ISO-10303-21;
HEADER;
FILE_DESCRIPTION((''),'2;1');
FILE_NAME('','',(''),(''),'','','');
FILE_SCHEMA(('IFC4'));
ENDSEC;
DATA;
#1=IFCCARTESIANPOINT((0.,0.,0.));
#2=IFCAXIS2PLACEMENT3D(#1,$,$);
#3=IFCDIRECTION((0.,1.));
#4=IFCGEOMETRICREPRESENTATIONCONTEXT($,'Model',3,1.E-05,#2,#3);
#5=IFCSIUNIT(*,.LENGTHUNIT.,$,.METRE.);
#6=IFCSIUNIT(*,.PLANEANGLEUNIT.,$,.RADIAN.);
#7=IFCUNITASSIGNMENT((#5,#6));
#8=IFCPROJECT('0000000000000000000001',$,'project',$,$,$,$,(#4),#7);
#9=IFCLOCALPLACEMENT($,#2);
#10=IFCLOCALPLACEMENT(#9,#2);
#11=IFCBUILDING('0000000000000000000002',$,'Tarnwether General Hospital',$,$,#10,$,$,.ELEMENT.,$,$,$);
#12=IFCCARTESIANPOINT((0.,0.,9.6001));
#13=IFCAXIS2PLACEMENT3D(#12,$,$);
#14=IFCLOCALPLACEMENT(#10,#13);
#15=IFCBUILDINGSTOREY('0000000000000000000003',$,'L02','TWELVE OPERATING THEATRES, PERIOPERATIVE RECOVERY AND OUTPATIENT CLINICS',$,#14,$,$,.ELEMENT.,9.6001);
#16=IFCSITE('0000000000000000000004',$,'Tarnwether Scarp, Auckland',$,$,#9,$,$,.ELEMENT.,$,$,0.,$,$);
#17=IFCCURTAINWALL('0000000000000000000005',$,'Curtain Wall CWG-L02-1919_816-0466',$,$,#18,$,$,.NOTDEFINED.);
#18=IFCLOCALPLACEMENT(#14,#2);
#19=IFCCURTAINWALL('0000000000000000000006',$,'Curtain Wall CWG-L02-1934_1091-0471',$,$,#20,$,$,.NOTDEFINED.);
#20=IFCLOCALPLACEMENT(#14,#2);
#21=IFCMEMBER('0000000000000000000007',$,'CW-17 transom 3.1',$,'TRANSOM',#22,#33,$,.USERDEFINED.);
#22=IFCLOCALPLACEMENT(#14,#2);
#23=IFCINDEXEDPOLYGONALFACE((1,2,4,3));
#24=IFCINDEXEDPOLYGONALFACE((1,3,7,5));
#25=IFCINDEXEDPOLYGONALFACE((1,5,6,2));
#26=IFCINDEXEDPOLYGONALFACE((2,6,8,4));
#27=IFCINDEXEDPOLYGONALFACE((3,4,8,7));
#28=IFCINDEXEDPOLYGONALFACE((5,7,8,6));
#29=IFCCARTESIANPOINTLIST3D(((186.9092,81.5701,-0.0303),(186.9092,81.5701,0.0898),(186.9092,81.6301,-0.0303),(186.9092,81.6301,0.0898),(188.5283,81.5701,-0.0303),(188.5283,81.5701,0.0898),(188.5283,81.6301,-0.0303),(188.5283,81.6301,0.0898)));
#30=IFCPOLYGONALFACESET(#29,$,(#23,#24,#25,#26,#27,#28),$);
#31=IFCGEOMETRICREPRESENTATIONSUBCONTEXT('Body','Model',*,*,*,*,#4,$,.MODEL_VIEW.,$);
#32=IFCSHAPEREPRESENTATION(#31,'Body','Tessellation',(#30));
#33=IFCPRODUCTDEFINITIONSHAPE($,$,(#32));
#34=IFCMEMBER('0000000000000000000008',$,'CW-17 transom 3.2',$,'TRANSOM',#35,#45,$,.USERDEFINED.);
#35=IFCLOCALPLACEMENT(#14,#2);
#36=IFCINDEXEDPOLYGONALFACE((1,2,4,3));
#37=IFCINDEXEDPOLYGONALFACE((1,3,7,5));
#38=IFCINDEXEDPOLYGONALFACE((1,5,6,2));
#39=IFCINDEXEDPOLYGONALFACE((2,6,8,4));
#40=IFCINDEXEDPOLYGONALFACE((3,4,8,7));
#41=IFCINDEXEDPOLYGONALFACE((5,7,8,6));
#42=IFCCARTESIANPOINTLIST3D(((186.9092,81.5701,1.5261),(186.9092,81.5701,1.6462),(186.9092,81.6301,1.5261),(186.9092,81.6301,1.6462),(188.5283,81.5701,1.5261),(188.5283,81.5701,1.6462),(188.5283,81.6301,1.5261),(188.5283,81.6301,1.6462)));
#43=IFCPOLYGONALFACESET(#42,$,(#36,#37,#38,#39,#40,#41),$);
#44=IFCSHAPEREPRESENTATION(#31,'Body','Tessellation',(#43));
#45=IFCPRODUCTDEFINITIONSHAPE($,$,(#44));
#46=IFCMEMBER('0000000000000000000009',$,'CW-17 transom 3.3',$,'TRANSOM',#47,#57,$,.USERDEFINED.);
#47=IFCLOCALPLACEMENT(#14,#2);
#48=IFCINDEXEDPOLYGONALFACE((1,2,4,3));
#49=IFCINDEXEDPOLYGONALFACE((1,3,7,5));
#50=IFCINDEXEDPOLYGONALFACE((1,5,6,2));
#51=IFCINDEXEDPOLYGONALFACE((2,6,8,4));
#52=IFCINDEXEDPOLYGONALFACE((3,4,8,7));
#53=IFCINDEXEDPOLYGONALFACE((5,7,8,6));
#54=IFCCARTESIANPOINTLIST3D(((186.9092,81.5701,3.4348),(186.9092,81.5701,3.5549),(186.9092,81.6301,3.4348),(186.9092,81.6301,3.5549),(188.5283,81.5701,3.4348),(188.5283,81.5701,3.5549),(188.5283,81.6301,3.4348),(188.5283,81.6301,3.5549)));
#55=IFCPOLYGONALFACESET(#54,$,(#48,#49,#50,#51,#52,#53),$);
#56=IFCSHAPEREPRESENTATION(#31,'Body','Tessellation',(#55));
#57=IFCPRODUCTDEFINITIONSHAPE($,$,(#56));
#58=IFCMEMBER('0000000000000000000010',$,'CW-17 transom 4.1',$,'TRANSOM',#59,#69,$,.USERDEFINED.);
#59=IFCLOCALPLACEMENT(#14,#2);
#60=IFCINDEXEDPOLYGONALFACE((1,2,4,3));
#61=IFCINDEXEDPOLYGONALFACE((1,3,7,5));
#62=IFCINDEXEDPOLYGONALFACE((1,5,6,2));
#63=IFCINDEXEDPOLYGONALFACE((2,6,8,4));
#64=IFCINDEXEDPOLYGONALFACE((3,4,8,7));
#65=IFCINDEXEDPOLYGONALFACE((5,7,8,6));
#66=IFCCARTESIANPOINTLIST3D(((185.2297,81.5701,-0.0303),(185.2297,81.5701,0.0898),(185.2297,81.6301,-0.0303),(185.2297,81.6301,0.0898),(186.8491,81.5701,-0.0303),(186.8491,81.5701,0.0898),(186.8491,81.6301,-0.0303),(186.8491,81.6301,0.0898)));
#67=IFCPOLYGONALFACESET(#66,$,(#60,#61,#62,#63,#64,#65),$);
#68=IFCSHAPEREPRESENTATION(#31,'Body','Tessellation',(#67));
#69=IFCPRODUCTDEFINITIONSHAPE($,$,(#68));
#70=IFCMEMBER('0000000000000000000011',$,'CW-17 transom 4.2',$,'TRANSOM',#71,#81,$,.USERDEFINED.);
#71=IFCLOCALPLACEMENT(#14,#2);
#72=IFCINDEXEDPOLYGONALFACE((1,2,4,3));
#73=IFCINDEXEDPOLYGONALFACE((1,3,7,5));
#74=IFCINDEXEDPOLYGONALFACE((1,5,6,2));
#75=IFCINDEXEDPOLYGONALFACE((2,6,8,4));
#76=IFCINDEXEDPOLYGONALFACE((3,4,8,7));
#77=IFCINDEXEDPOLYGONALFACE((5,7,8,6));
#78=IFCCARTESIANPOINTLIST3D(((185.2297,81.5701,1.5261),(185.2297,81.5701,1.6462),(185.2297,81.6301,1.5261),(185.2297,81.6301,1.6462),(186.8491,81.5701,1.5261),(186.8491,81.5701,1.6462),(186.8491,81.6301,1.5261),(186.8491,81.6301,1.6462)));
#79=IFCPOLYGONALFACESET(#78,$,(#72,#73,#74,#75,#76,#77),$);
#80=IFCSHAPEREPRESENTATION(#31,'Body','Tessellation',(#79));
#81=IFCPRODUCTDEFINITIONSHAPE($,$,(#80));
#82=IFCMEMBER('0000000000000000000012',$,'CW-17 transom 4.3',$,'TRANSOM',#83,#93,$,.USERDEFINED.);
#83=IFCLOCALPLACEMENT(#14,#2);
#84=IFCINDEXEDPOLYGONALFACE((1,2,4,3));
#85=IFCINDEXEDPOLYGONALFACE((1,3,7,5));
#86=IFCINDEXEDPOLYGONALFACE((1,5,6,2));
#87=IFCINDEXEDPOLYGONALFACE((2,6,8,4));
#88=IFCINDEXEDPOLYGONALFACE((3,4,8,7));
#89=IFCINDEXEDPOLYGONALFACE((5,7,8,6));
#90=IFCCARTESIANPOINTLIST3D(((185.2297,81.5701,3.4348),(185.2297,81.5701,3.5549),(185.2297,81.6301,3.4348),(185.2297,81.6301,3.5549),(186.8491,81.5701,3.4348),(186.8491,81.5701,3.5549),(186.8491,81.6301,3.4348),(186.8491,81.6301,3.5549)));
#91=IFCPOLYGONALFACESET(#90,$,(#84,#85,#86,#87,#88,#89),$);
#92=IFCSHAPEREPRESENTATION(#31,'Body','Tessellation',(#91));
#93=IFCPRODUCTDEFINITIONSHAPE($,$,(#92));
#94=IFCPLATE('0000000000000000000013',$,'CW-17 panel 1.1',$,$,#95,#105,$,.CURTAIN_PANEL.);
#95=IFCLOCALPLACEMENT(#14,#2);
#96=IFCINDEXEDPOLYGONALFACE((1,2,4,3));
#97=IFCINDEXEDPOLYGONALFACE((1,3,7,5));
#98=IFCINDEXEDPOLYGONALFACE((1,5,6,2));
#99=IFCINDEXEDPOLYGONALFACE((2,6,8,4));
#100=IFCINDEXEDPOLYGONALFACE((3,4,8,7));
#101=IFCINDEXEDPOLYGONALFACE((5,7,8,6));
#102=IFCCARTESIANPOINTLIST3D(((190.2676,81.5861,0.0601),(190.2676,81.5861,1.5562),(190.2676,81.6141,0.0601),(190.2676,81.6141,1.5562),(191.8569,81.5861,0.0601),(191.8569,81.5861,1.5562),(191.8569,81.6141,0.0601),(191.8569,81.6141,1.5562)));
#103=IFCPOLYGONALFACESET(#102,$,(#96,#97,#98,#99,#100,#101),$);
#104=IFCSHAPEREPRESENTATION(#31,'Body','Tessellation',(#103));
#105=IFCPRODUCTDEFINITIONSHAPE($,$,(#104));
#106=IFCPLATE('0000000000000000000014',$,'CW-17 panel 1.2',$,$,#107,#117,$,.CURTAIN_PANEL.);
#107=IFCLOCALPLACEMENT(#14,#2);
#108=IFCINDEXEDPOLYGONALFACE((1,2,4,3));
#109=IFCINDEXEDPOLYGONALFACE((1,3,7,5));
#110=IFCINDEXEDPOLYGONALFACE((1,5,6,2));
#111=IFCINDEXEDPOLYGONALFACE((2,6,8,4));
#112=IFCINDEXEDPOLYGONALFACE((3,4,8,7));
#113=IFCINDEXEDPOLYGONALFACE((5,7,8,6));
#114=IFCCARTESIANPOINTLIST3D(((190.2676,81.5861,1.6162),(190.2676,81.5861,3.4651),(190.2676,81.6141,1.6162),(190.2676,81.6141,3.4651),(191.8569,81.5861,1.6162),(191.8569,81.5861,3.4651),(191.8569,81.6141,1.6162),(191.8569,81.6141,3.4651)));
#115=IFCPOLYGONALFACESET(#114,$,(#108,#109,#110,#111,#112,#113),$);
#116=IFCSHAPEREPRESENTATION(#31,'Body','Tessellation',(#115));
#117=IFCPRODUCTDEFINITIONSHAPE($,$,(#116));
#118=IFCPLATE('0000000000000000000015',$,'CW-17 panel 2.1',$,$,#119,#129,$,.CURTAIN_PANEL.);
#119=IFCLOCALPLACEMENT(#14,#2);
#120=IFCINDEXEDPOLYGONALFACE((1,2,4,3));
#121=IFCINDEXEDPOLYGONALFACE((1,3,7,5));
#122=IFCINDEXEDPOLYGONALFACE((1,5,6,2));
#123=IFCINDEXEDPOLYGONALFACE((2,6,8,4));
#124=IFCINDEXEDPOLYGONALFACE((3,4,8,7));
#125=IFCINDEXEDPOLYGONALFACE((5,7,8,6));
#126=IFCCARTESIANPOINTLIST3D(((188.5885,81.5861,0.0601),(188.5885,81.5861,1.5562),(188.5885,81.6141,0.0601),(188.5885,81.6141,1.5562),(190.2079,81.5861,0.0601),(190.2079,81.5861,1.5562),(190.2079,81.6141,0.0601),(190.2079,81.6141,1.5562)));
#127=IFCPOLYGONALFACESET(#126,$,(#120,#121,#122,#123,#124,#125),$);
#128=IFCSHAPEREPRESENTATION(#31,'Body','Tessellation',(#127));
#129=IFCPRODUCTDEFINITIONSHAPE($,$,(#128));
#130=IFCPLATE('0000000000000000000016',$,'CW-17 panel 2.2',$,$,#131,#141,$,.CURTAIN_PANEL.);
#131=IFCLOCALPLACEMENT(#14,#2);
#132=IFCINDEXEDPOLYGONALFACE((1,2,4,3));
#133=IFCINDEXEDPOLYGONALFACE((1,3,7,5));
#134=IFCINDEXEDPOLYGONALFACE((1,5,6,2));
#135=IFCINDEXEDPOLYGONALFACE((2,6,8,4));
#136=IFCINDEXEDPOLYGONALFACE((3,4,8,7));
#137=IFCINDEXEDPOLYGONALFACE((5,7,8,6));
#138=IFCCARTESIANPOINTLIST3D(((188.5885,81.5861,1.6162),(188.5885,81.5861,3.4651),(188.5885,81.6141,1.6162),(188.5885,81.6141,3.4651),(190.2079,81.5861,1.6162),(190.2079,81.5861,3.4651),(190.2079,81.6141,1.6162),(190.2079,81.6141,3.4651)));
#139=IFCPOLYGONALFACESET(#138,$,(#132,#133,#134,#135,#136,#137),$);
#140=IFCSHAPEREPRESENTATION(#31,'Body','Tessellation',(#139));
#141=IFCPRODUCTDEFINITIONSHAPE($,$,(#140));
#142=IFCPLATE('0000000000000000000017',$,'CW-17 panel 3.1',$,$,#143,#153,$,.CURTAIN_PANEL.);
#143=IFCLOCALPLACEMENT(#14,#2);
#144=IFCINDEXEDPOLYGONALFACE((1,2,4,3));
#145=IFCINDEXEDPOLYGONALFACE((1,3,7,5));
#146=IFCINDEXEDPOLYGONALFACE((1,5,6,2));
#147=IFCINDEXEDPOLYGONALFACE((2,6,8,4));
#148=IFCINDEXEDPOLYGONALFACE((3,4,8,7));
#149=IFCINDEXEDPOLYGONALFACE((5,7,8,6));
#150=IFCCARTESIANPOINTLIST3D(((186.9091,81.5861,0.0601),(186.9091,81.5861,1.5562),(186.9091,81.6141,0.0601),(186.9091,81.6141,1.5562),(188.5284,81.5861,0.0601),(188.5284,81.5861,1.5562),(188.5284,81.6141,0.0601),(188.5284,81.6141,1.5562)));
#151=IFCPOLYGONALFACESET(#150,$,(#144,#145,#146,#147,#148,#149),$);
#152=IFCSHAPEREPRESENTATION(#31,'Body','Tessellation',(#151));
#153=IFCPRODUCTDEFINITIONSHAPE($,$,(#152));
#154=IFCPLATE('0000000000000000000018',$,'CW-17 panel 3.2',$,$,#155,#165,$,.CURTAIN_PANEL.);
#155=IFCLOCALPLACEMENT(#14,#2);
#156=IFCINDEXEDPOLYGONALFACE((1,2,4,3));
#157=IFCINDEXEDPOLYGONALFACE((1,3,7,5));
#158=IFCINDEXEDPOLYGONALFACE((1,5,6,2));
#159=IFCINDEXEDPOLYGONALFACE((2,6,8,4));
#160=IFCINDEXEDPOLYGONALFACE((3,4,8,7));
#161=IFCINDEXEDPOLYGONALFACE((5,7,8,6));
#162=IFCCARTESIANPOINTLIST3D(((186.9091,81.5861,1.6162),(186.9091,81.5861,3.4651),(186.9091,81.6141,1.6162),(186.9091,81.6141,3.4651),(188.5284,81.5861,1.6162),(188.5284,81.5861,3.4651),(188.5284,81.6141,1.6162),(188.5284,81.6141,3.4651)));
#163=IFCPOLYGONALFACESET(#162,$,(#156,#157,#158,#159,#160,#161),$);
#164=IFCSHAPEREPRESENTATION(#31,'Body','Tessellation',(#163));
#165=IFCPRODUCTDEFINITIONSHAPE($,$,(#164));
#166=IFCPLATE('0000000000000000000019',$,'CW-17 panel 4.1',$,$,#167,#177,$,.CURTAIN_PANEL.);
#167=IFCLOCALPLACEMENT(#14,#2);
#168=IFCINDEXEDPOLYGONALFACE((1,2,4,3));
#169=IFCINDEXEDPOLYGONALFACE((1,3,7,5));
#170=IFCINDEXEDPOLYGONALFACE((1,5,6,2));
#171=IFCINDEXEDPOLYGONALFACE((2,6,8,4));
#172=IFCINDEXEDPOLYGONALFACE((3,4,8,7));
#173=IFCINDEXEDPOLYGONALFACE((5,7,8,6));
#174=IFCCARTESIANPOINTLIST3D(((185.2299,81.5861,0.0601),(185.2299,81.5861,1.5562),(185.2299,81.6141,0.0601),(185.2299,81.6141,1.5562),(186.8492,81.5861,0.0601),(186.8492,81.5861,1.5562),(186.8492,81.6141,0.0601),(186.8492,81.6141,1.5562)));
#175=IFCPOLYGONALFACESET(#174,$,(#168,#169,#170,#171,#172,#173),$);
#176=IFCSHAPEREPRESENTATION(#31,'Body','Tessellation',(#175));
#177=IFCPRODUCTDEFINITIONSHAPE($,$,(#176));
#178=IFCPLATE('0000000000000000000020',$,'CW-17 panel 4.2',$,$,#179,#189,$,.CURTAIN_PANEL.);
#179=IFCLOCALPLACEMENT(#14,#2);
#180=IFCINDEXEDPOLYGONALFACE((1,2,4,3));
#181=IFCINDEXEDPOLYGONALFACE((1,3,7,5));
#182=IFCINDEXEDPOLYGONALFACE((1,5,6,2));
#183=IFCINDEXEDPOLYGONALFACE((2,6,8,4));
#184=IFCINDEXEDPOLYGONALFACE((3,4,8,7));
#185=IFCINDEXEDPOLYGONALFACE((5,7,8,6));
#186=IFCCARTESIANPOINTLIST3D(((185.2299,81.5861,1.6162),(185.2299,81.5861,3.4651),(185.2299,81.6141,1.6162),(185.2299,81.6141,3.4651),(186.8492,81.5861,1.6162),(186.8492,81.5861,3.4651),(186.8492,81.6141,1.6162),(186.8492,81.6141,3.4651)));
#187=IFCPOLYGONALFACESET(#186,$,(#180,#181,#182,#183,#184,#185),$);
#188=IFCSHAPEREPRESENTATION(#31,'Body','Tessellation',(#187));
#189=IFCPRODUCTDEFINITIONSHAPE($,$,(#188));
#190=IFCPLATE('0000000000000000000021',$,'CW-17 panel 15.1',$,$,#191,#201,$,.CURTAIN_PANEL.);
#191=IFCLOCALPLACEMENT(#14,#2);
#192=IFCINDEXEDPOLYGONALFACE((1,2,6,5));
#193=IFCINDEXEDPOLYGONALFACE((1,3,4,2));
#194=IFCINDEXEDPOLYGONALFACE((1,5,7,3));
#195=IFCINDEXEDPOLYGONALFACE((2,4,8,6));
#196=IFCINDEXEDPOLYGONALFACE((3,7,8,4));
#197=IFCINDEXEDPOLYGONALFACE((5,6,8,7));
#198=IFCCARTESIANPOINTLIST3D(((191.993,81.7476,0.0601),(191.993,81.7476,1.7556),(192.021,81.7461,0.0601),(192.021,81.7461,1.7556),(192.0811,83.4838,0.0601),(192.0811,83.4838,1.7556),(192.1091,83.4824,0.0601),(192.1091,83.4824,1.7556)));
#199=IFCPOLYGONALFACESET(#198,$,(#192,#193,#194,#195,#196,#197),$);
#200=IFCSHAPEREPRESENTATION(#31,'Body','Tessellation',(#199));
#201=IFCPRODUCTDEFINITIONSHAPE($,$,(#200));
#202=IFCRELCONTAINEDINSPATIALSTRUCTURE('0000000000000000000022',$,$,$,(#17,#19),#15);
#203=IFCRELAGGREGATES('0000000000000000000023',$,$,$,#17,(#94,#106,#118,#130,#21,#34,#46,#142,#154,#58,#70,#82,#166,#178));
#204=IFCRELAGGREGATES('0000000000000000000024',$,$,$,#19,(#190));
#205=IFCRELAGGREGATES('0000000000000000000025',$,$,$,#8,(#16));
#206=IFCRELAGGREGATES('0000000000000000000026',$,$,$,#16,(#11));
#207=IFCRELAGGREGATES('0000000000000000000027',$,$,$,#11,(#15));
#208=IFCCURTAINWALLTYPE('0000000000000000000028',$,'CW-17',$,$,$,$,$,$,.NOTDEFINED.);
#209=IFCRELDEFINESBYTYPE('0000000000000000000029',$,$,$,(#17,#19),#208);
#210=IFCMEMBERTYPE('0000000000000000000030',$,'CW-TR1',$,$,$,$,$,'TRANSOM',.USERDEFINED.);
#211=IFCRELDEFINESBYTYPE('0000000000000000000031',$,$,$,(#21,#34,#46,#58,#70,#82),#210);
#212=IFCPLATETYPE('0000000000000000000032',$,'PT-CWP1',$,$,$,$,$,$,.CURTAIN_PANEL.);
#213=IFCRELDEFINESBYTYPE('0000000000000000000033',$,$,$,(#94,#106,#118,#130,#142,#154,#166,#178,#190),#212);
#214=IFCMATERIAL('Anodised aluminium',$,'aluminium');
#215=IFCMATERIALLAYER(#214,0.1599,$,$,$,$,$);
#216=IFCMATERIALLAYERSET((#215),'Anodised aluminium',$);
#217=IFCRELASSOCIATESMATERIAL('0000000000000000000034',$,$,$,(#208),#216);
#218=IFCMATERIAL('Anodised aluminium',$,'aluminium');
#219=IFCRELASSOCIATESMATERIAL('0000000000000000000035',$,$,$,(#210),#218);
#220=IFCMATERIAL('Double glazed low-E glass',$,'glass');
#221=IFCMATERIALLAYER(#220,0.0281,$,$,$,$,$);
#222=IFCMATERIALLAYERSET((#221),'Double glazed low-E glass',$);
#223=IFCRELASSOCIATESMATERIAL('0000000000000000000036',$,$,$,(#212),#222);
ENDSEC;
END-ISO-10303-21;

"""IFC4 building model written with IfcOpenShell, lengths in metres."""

from ifc_helpers import new_model, si_unit, direction, frame, origin, origin_2d, place, context, subcontext, project, spatial, rectangle, extrude, material, layer, layer_set, material_profile, profile_set, type_object, element, aggregate, save


model = new_model("IFC4")

# Units and contexts
model_context = context("Model", 3, precision=1e-05, world=origin(), true_north=direction((0.0, 1.0)))
body_context = subcontext(model_context, "Body", "Model", "MODEL_VIEW")
ifc_project = project(units=[si_unit("LENGTHUNIT", "METRE"), si_unit("PLANEANGLEUNIT", "RADIAN")], contexts=[model_context])

# Site, building, storey
site_placement = place(None, origin())
site = spatial("IfcSite", under=ifc_project, at=site_placement, Name="Tarnwether Scarp, Auckland", CompositionType="ELEMENT", RefElevation=0.0)
building_placement = place(site_placement, origin())
building = spatial("IfcBuilding", under=site, at=building_placement, Name="Tarnwether General Hospital", CompositionType="ELEMENT")
storey_placement = place(building_placement, frame((0.0, 0.0, 9.6001)))
storey = spatial("IfcBuildingStorey", under=building, at=storey_placement, Name="L02", Description="TWELVE OPERATING THEATRES, PERIOPERATIVE RECOVERY AND OUTPATIENT CLINICS", CompositionType="ELEMENT", Elevation=9.6001)

# Curtain wall
ifc_material_1 = material(Name="Anodised aluminium", Category="aluminium")
ifc_layer_1 = layer(ifc_material_1, 0.1599)
ifc_layer_set_1 = layer_set([ifc_layer_1], Name="Anodised aluminium")
curtain_wall_type = type_object("IfcCurtainWallType", Name="CW-17", PredefinedType="NOTDEFINED", material=ifc_layer_set_1)
curtain_wall_1_placement = place(storey_placement, origin())
curtain_wall_1 = element("IfcCurtainWall", 1, at=curtain_wall_1_placement, inside=storey, type_object=curtain_wall_type, Name="Curtain Wall CWG-L02-1919_816-0466", PredefinedType="NOTDEFINED")

# Curtain wall
curtain_wall_2_placement = place(storey_placement, origin())
curtain_wall_2 = element("IfcCurtainWall", 2, at=curtain_wall_2_placement, inside=storey, type_object=curtain_wall_type, Name="Curtain Wall CWG-L02-1934_1091-0471", PredefinedType="NOTDEFINED")

# Members
ifc_material_2 = material(Name="Anodised aluminium", Category="aluminium")
ifc_material_profile_1 = material_profile(ifc_material_2, rectangle(XDim=0.0601, YDim=0.1201, at=origin_2d()), Name="ALU-TRN-60x120")
ifc_profile_set_1 = profile_set([ifc_material_profile_1], Name="Anodised aluminium")
member_type_1 = type_object("IfcMemberType", Name="CW-TR1", ElementType="TRANSOM", PredefinedType="USERDEFINED", material=ifc_profile_set_1)
member_1_placement = place(storey_placement, frame((188.5283, 81.6001, 0.0298), z_axis=(-1.0, 0.0, 0.0), x_axis=(0.0, -1.0, 0.0)))
member_1 = element("IfcMember", 3, at=member_1_placement, type_object=member_type_1, Name="CW-17 transom 3.1", ObjectType="TRANSOM", PredefinedType="USERDEFINED", context=body_context, shape_type="SweptSolid", body=[
    extrude(rectangle(XDim=0.0601, YDim=0.1201, at=origin_2d()), origin(), (0.0, 0.0, 1.0), 1.6191),
])
member_2_placement = place(storey_placement, frame((188.5283, 81.6001, 1.5862), z_axis=(-1.0, 0.0, 0.0), x_axis=(0.0, -1.0, 0.0)))
member_2 = element("IfcMember", 4, at=member_2_placement, type_object=member_type_1, Name="CW-17 transom 3.2", ObjectType="TRANSOM", PredefinedType="USERDEFINED", context=body_context, shape_type="SweptSolid", body=[
    extrude(rectangle(XDim=0.0601, YDim=0.1201, at=origin_2d()), origin(), (0.0, 0.0, 1.0), 1.6191),
])
member_3_placement = place(storey_placement, frame((188.5283, 81.6001, 3.4949), z_axis=(-1.0, 0.0, 0.0), x_axis=(0.0, -1.0, 0.0)))
member_3 = element("IfcMember", 5, at=member_3_placement, type_object=member_type_1, Name="CW-17 transom 3.3", ObjectType="TRANSOM", PredefinedType="USERDEFINED", context=body_context, shape_type="SweptSolid", body=[
    extrude(rectangle(XDim=0.0601, YDim=0.1201, at=origin_2d()), origin(), (0.0, 0.0, 1.0), 1.6191),
])
member_4_placement = place(storey_placement, frame((186.8491, 81.6001, 0.0298), z_axis=(-1.0, 0.0, 0.0), x_axis=(0.0, -1.0, 0.0)))
member_4 = element("IfcMember", 6, at=member_4_placement, type_object=member_type_1, Name="CW-17 transom 4.1", ObjectType="TRANSOM", PredefinedType="USERDEFINED", context=body_context, shape_type="SweptSolid", body=[
    extrude(rectangle(XDim=0.0601, YDim=0.1201, at=origin_2d()), origin(), (0.0, 0.0, 1.0), 1.6194),
])
member_5_placement = place(storey_placement, frame((186.8491, 81.6001, 1.5862), z_axis=(-1.0, 0.0, 0.0), x_axis=(0.0, -1.0, 0.0)))
member_5 = element("IfcMember", 7, at=member_5_placement, type_object=member_type_1, Name="CW-17 transom 4.2", ObjectType="TRANSOM", PredefinedType="USERDEFINED", context=body_context, shape_type="SweptSolid", body=[
    extrude(rectangle(XDim=0.0601, YDim=0.1201, at=origin_2d()), origin(), (0.0, 0.0, 1.0), 1.6194),
])
member_6_placement = place(storey_placement, frame((186.8491, 81.6001, 3.4949), z_axis=(-1.0, 0.0, 0.0), x_axis=(0.0, -1.0, 0.0)))
member_6 = element("IfcMember", 8, at=member_6_placement, type_object=member_type_1, Name="CW-17 transom 4.3", ObjectType="TRANSOM", PredefinedType="USERDEFINED", context=body_context, shape_type="SweptSolid", body=[
    extrude(rectangle(XDim=0.0601, YDim=0.1201, at=origin_2d()), origin(), (0.0, 0.0, 1.0), 1.6194),
])

# Plates
ifc_material_3 = material(Name="Double glazed low-E glass", Category="glass")
ifc_layer_2 = layer(ifc_material_3, 0.0281)
ifc_layer_set_2 = layer_set([ifc_layer_2], Name="Double glazed low-E glass")
plate_type_1 = type_object("IfcPlateType", Name="PT-CWP1", PredefinedType="CURTAIN_PANEL", material=ifc_layer_set_2)
plate_1_placement = place(storey_placement, frame((191.0623, 81.6001, 0.0601), z_axis=(0.0, 0.0, 1.0), x_axis=(-1.0, 0.0, 0.0)))
plate_1 = element("IfcPlate", 9, at=plate_1_placement, type_object=plate_type_1, Name="CW-17 panel 1.1", PredefinedType="CURTAIN_PANEL", context=body_context, shape_type="SweptSolid", body=[
    extrude(rectangle(XDim=1.5894, YDim=0.0281, at=origin_2d()), origin(), (0.0, 0.0, 1.0), 1.4961),
])
plate_2_placement = place(storey_placement, frame((191.0623, 81.6001, 1.6162), z_axis=(0.0, 0.0, 1.0), x_axis=(-1.0, 0.0, 0.0)))
plate_2 = element("IfcPlate", 10, at=plate_2_placement, type_object=plate_type_1, Name="CW-17 panel 1.2", PredefinedType="CURTAIN_PANEL", context=body_context, shape_type="SweptSolid", body=[
    extrude(rectangle(XDim=1.5894, YDim=0.0281, at=origin_2d()), origin(), (0.0, 0.0, 1.0), 1.8489),
])
plate_3_placement = place(storey_placement, frame((189.3982, 81.6001, 0.0601), z_axis=(0.0, 0.0, 1.0), x_axis=(-1.0, 0.0, 0.0)))
plate_3 = element("IfcPlate", 11, at=plate_3_placement, type_object=plate_type_1, Name="CW-17 panel 2.1", PredefinedType="CURTAIN_PANEL", context=body_context, shape_type="SweptSolid", body=[
    extrude(rectangle(XDim=1.6194, YDim=0.0281, at=origin_2d()), origin(), (0.0, 0.0, 1.0), 1.4961),
])
plate_4_placement = place(storey_placement, frame((189.3982, 81.6001, 1.6162), z_axis=(0.0, 0.0, 1.0), x_axis=(-1.0, 0.0, 0.0)))
plate_4 = element("IfcPlate", 12, at=plate_4_placement, type_object=plate_type_1, Name="CW-17 panel 2.2", PredefinedType="CURTAIN_PANEL", context=body_context, shape_type="SweptSolid", body=[
    extrude(rectangle(XDim=1.6194, YDim=0.0281, at=origin_2d()), origin(), (0.0, 0.0, 1.0), 1.8489),
])
plate_5_placement = place(storey_placement, frame((187.7188, 81.6001, 0.0601), z_axis=(0.0, 0.0, 1.0), x_axis=(-1.0, 0.0, 0.0)))
plate_5 = element("IfcPlate", 13, at=plate_5_placement, type_object=plate_type_1, Name="CW-17 panel 3.1", PredefinedType="CURTAIN_PANEL", context=body_context, shape_type="SweptSolid", body=[
    extrude(rectangle(XDim=1.6194, YDim=0.0281, at=origin_2d()), origin(), (0.0, 0.0, 1.0), 1.4961),
])
plate_6_placement = place(storey_placement, frame((187.7188, 81.6001, 1.6162), z_axis=(0.0, 0.0, 1.0), x_axis=(-1.0, 0.0, 0.0)))
plate_6 = element("IfcPlate", 14, at=plate_6_placement, type_object=plate_type_1, Name="CW-17 panel 3.2", PredefinedType="CURTAIN_PANEL", context=body_context, shape_type="SweptSolid", body=[
    extrude(rectangle(XDim=1.6194, YDim=0.0281, at=origin_2d()), origin(), (0.0, 0.0, 1.0), 1.8489),
])
plate_7_placement = place(storey_placement, frame((186.0396, 81.6001, 0.0601), z_axis=(0.0, 0.0, 1.0), x_axis=(-1.0, 0.0, 0.0)))
plate_7 = element("IfcPlate", 15, at=plate_7_placement, type_object=plate_type_1, Name="CW-17 panel 4.1", PredefinedType="CURTAIN_PANEL", context=body_context, shape_type="SweptSolid", body=[
    extrude(rectangle(XDim=1.6194, YDim=0.0281, at=origin_2d()), origin(), (0.0, 0.0, 1.0), 1.4961),
])
plate_8_placement = place(storey_placement, frame((186.0396, 81.6001, 1.6162), z_axis=(0.0, 0.0, 1.0), x_axis=(-1.0, 0.0, 0.0)))
plate_8 = element("IfcPlate", 16, at=plate_8_placement, type_object=plate_type_1, Name="CW-17 panel 4.2", PredefinedType="CURTAIN_PANEL", context=body_context, shape_type="SweptSolid", body=[
    extrude(rectangle(XDim=1.6194, YDim=0.0281, at=origin_2d()), origin(), (0.0, 0.0, 1.0), 1.8489),
])
aggregate(curtain_wall_1, [plate_1, plate_2, plate_3, plate_4, member_1, member_2, member_3, plate_5, plate_6, member_4, member_5, member_6, plate_7, plate_8])
plate_9_placement = place(storey_placement, frame((192.051, 82.615, 0.0601), z_axis=(0.0, 0.0, 1.0), x_axis=(-0.050678, -0.998715, 0.0)))
plate_9 = element("IfcPlate", 17, at=plate_9_placement, type_object=plate_type_1, Name="CW-17 panel 15.1", PredefinedType="CURTAIN_PANEL", context=body_context, shape_type="SweptSolid", body=[
    extrude(rectangle(XDim=1.7385, YDim=0.0281, at=origin_2d()), origin(), (0.0, 0.0, 1.0), 1.6956),
])
aggregate(curtain_wall_2, [plate_9])

save(model, "model.ifc")
